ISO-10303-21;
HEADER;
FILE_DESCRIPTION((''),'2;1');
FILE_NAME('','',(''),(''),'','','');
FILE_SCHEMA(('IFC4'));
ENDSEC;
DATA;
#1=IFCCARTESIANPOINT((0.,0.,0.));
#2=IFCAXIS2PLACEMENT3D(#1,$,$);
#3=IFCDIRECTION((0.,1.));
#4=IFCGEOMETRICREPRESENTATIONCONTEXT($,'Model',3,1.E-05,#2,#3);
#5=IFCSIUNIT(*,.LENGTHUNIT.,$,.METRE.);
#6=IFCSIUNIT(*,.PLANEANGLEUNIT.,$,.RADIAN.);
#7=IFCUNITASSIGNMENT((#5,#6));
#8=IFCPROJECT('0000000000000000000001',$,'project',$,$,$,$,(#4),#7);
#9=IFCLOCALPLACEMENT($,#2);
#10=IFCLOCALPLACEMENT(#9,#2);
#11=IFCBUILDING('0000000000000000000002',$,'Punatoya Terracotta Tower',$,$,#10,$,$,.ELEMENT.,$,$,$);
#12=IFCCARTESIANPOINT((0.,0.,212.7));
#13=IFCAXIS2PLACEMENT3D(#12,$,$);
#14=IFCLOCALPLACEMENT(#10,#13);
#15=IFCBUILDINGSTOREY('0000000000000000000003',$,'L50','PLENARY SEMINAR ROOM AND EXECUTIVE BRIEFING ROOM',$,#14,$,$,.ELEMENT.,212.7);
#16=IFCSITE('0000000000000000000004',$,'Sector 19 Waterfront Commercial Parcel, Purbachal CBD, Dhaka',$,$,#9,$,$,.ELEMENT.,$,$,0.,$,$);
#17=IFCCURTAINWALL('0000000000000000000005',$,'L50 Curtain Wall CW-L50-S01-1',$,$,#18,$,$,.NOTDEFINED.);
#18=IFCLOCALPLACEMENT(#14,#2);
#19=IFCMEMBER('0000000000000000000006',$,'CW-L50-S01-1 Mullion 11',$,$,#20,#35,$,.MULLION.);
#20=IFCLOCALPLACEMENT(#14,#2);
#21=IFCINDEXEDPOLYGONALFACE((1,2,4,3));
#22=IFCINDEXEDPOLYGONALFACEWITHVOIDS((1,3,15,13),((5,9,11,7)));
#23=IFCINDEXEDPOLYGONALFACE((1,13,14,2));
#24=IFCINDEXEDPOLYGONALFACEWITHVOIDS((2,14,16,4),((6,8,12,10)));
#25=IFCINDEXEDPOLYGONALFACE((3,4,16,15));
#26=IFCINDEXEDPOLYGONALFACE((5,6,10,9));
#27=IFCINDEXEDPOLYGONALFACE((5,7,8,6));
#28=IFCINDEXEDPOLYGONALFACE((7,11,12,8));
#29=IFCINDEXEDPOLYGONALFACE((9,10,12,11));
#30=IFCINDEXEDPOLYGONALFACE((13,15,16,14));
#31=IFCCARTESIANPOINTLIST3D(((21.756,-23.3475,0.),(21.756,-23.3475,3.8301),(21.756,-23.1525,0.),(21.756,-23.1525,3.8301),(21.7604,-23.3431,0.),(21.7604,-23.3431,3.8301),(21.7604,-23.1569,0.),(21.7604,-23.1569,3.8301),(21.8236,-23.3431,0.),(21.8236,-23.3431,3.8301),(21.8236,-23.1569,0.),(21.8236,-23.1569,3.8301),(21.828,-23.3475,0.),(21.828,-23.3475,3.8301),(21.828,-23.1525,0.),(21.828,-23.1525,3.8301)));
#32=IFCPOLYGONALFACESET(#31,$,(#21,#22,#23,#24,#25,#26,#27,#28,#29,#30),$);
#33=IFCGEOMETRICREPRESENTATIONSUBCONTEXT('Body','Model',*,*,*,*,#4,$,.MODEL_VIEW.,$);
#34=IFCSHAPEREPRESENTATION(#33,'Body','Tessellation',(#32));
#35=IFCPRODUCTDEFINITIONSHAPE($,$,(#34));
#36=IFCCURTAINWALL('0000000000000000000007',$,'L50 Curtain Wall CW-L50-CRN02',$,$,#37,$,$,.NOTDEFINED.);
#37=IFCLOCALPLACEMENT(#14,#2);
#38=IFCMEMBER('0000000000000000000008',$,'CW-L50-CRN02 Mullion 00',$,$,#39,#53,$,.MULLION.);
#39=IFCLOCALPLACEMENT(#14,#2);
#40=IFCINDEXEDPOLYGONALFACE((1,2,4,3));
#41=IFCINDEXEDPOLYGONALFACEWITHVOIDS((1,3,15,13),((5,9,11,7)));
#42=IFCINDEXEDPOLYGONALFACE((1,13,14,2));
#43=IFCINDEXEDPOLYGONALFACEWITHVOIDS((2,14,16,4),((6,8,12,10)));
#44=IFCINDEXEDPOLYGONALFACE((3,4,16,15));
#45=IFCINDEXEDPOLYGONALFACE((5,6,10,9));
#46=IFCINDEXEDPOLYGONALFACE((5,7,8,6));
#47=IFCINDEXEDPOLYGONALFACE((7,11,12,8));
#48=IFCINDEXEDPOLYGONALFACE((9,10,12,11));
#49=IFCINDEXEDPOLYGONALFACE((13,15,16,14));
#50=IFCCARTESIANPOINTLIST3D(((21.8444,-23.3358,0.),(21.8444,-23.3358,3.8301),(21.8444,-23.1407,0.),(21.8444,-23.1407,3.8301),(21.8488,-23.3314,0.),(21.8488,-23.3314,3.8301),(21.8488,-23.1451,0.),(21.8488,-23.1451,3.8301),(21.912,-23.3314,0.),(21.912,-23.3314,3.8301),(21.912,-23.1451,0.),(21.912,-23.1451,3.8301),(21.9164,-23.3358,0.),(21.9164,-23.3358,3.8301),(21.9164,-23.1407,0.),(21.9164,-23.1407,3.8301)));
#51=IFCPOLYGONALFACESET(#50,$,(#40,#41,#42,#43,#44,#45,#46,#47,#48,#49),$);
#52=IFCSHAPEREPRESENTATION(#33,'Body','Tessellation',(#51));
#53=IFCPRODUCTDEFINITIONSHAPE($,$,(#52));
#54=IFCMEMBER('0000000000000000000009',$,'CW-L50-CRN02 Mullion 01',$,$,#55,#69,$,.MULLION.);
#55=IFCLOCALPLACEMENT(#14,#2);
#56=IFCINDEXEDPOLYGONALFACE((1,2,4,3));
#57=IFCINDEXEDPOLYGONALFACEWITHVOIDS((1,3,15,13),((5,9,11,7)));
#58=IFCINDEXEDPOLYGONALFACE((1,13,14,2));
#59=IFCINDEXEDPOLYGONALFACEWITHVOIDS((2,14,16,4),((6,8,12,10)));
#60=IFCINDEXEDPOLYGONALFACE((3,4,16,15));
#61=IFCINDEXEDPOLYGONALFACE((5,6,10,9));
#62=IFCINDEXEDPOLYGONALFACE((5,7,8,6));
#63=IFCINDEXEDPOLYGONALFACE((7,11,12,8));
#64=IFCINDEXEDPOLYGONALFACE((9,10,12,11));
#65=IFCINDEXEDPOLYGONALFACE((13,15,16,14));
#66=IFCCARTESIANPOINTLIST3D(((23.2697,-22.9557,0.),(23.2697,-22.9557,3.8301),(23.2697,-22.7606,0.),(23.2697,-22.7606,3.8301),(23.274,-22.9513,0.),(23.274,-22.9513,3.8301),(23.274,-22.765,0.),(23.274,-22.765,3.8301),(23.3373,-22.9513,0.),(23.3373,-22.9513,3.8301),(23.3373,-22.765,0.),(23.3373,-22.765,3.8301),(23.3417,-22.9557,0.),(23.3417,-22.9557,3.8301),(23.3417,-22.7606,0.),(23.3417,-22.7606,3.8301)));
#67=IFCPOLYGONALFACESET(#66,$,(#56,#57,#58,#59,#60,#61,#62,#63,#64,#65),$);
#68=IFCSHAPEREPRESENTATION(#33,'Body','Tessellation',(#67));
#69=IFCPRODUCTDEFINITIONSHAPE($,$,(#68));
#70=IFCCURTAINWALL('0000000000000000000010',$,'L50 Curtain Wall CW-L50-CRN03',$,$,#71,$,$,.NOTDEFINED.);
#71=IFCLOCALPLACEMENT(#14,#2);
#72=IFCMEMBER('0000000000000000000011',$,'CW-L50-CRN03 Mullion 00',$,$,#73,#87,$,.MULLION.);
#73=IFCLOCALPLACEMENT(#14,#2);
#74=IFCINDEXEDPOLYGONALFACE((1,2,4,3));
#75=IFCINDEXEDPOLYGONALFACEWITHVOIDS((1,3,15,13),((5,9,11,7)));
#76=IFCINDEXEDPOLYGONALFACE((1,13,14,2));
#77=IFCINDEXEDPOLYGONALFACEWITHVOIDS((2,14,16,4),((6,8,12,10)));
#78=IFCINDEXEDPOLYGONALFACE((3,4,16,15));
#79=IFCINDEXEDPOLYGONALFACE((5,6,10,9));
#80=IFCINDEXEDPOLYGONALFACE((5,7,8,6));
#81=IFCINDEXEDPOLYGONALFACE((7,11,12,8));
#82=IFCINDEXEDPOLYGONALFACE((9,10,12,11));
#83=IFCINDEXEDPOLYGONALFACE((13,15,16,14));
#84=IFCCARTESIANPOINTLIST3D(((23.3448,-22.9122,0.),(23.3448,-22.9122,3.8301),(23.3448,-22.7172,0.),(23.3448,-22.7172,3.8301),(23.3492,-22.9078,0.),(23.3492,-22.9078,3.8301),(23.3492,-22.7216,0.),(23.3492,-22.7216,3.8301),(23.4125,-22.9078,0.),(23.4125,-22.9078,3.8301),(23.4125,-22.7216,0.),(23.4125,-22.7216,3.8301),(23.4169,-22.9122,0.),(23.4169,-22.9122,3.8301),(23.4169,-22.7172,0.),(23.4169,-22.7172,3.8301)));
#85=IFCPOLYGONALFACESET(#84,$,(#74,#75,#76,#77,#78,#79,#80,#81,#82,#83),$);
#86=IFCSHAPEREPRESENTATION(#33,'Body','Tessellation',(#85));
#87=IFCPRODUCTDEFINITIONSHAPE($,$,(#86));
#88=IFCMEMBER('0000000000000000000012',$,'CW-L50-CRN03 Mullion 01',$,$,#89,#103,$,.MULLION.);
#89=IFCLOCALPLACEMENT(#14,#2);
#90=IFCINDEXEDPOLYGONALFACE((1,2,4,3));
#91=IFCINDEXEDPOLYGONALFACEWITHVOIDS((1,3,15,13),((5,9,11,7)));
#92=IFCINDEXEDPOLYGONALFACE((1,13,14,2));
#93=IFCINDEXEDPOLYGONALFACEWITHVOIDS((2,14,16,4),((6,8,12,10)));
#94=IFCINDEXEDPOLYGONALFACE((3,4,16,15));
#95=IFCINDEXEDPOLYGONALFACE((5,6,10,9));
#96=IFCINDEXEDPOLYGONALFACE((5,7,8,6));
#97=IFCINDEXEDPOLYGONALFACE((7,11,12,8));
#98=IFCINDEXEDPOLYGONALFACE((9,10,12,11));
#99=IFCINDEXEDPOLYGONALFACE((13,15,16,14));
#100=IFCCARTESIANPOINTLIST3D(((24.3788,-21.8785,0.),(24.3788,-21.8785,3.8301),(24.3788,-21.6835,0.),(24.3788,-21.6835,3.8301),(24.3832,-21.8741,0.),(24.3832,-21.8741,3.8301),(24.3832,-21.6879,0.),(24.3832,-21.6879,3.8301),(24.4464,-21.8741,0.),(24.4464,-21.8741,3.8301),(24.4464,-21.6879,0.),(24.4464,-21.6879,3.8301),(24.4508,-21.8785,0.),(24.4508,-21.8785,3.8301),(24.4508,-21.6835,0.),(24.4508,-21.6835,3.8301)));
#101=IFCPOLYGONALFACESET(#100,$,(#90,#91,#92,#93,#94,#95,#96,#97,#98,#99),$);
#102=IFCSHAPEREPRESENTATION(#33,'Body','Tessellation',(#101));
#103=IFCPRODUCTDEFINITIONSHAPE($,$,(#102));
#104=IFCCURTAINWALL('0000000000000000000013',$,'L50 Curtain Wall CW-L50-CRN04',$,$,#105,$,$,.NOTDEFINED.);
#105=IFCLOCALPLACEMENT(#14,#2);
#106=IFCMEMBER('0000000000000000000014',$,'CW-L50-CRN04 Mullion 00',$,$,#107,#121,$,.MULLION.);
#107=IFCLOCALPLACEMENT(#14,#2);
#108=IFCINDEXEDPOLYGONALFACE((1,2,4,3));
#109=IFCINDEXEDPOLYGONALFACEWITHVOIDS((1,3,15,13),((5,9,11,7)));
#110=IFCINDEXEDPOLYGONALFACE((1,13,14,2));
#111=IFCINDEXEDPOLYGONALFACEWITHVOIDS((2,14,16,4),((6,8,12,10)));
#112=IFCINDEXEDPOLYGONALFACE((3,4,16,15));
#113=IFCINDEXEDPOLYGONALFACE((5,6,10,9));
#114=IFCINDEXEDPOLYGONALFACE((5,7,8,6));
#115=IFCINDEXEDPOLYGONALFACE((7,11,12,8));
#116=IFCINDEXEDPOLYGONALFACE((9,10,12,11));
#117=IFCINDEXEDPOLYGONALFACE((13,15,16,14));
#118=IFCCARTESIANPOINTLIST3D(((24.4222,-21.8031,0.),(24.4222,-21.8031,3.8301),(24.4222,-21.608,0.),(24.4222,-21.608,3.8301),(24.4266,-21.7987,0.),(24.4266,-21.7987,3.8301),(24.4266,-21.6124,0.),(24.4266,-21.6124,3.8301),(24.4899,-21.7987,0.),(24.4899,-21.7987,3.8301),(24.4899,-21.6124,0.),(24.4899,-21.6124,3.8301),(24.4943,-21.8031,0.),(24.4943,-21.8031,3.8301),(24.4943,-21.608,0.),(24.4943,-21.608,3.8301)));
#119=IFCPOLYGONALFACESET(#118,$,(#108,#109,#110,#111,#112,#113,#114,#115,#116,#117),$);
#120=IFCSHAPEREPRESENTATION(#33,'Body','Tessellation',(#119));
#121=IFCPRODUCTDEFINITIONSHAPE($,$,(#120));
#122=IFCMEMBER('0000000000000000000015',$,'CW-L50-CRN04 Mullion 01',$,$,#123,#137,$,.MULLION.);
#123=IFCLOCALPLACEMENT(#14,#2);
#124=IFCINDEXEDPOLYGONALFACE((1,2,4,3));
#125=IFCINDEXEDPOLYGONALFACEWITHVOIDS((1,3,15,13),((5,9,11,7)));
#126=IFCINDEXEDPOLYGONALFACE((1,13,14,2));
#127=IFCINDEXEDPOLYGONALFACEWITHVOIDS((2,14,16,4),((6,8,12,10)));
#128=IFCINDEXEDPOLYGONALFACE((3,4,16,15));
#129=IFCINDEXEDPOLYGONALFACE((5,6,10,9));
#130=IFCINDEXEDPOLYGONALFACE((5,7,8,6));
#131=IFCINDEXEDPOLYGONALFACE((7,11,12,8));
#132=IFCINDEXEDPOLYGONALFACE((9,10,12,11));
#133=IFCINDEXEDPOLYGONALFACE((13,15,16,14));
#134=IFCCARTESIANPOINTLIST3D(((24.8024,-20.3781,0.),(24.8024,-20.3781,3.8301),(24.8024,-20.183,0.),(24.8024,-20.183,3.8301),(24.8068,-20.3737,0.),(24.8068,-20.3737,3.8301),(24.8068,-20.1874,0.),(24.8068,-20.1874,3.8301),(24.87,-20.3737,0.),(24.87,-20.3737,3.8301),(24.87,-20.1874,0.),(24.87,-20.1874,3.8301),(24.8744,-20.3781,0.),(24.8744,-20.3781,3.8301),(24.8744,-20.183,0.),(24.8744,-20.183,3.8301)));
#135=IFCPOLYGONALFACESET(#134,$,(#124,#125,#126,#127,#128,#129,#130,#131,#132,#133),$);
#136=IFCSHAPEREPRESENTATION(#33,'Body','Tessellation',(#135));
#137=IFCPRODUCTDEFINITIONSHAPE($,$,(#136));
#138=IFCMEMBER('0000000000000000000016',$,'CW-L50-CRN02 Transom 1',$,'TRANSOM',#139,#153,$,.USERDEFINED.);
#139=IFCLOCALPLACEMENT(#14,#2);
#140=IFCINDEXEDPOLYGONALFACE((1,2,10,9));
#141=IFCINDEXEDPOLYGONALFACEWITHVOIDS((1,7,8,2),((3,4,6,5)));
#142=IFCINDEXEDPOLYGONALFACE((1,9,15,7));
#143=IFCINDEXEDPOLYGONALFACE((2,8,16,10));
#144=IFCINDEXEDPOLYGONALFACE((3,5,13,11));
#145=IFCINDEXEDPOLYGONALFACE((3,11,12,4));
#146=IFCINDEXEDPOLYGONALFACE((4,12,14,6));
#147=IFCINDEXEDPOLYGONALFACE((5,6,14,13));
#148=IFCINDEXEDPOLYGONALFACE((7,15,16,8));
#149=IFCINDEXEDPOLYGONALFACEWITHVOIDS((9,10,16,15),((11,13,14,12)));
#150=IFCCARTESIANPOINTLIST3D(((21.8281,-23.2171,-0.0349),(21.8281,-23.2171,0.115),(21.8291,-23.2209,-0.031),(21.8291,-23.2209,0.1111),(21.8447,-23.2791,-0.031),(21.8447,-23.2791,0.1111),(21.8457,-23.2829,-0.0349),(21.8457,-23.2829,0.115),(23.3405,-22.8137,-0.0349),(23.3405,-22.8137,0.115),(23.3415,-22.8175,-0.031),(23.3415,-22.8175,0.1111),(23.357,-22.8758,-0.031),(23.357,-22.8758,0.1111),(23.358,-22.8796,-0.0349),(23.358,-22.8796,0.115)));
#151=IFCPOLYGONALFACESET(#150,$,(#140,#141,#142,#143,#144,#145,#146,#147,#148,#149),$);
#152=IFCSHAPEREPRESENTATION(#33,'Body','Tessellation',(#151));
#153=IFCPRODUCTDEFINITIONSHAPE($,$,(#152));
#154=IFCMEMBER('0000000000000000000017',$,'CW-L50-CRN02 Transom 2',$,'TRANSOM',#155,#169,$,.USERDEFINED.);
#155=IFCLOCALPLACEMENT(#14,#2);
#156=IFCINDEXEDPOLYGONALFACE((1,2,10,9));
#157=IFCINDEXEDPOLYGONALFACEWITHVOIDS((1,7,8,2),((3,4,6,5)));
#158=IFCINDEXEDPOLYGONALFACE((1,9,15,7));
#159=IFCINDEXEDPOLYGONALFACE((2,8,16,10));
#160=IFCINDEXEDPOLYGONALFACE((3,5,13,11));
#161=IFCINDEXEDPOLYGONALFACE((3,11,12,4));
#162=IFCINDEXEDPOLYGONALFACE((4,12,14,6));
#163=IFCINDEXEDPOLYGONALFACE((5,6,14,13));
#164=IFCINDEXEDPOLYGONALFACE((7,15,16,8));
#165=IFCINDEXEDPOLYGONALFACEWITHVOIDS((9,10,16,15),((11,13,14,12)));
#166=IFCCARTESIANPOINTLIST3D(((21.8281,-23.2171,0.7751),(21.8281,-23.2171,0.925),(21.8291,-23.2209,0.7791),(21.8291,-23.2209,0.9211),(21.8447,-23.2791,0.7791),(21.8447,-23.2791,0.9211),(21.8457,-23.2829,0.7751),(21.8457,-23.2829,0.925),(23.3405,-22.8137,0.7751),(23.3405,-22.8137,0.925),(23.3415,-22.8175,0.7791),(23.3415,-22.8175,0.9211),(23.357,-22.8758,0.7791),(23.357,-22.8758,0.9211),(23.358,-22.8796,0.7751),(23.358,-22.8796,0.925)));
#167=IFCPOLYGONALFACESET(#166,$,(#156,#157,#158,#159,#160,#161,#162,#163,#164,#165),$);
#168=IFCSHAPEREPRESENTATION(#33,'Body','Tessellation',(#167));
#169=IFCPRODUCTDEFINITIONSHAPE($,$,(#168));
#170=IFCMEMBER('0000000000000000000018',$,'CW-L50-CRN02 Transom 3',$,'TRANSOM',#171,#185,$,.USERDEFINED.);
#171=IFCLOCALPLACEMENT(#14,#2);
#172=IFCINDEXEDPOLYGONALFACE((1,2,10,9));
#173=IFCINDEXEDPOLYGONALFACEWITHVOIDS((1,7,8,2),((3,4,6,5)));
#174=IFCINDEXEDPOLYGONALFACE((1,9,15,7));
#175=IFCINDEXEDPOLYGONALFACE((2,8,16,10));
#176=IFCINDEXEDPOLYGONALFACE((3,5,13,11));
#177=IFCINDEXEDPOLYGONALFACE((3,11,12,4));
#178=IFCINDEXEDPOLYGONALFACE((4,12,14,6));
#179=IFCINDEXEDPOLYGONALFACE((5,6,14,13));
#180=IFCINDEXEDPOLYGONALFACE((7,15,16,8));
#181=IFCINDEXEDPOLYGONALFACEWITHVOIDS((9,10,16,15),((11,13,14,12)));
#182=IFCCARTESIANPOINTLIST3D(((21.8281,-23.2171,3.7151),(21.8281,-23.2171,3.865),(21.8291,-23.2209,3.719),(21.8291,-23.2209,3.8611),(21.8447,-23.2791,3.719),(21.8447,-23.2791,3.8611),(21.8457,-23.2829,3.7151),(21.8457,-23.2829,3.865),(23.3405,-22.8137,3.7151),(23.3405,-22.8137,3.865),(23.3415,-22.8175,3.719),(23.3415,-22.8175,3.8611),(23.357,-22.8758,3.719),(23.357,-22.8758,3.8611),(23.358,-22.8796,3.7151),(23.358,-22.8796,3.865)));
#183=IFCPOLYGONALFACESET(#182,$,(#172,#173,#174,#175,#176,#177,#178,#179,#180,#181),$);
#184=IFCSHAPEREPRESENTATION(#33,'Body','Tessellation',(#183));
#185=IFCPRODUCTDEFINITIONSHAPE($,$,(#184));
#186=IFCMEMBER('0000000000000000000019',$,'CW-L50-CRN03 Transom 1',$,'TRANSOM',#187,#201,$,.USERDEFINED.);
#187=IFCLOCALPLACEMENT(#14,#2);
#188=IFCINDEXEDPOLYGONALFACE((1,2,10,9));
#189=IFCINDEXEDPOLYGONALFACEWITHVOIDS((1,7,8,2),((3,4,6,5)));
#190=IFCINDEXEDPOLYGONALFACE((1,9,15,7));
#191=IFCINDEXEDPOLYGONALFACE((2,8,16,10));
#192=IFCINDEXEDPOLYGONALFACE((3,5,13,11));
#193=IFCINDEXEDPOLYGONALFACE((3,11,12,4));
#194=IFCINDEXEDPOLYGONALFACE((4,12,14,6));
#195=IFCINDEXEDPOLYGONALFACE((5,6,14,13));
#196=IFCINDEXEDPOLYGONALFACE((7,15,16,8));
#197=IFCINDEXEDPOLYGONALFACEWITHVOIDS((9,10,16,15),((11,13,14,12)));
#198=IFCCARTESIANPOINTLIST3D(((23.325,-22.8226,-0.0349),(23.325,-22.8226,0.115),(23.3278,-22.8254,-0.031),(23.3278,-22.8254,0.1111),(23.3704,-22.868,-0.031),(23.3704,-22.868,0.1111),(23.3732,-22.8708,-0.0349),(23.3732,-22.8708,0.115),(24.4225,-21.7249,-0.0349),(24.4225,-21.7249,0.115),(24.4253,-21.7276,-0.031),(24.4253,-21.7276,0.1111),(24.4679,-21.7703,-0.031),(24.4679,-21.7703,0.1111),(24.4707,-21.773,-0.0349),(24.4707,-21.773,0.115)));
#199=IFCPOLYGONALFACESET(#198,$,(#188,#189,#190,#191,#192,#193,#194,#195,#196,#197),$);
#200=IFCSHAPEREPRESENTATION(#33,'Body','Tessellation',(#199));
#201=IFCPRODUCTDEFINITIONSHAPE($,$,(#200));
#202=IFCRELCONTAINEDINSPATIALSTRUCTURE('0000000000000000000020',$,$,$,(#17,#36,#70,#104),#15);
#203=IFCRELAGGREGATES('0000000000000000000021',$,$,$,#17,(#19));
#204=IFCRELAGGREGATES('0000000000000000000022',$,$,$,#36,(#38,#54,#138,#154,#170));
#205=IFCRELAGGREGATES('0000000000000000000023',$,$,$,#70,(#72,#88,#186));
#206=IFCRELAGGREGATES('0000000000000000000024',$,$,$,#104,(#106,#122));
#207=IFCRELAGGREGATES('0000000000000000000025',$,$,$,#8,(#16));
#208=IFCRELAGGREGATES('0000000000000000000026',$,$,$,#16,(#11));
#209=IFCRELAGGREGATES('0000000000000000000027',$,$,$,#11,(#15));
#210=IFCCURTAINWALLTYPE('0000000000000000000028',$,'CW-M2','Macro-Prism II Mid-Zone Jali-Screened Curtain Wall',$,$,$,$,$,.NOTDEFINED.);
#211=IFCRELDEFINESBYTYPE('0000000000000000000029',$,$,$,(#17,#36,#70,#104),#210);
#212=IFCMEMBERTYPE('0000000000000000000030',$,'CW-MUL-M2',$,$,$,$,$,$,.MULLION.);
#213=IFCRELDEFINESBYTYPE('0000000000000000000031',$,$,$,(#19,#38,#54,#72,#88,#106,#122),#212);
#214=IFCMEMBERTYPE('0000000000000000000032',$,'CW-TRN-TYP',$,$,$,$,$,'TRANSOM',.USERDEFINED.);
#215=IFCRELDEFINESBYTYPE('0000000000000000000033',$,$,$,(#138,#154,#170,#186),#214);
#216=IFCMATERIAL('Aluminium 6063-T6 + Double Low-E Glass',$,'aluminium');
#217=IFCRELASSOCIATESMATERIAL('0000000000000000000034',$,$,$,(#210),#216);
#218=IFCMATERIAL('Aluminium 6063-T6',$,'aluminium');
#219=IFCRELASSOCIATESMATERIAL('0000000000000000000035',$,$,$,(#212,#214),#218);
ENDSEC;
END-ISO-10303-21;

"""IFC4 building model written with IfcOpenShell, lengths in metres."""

from ifc_helpers import new_model, si_unit, direction, frame, origin, origin_2d, place, context, subcontext, project, spatial, hollow_rectangle, extrude, material, material_profile, profile_set, type_object, element, aggregate, save


model = new_model("IFC4")

# Units and contexts
model_context = context("Model", 3, precision=1e-05, world=origin(), true_north=direction((0.0, 1.0)))
body_context = subcontext(model_context, "Body", "Model", "MODEL_VIEW")
ifc_project = project(units=[si_unit("LENGTHUNIT", "METRE"), si_unit("PLANEANGLEUNIT", "RADIAN")], contexts=[model_context])

# Site, building, storey
site_placement = place(None, origin())
site = spatial("IfcSite", under=ifc_project, at=site_placement, Name="Sector 19 Waterfront Commercial Parcel, Purbachal CBD, Dhaka", CompositionType="ELEMENT", RefElevation=0.0)
building_placement = place(site_placement, origin())
building = spatial("IfcBuilding", under=site, at=building_placement, Name="Punatoya Terracotta Tower", CompositionType="ELEMENT")
storey_placement = place(building_placement, frame((0.0, 0.0, 212.7)))
storey = spatial("IfcBuildingStorey", under=building, at=storey_placement, Name="L50", Description="PLENARY SEMINAR ROOM AND EXECUTIVE BRIEFING ROOM", CompositionType="ELEMENT", Elevation=212.7)

# Curtain wall, member
ifc_material_1 = material(Name="Aluminium 6063-T6 + Double Low-E Glass", Category="aluminium")
curtain_wall_type = type_object("IfcCurtainWallType", Name="CW-M2", Description="Macro-Prism II Mid-Zone Jali-Screened Curtain Wall", PredefinedType="NOTDEFINED", material=ifc_material_1)
curtain_wall_1_placement = place(storey_placement, origin())
curtain_wall_1 = element("IfcCurtainWall", 1, at=curtain_wall_1_placement, inside=storey, type_object=curtain_wall_type, Name="L50 Curtain Wall CW-L50-S01-1", PredefinedType="NOTDEFINED")
ifc_material_2 = material(Name="Aluminium 6063-T6", Category="aluminium")
ifc_material_profile_1 = material_profile(ifc_material_2, hollow_rectangle(XDim=0.072, YDim=0.1951, WallThickness=0.0044, at=origin_2d()))
ifc_profile_set_1 = profile_set([ifc_material_profile_1], Name="Aluminium 6063-T6")
member_type_1 = type_object("IfcMemberType", Name="CW-MUL-M2", PredefinedType="MULLION", material=ifc_profile_set_1)
member_1_placement = place(storey_placement, frame((21.792, -23.25, 0.0), z_axis=(0.0, 0.0, 1.0), x_axis=(1.0, 0.0, 0.0)))
member_1 = element("IfcMember", 2, at=member_1_placement, type_object=member_type_1, Name="CW-L50-S01-1 Mullion 11", PredefinedType="MULLION", context=body_context, shape_type="SweptSolid", body=[
    extrude(hollow_rectangle(XDim=0.072, YDim=0.1951, WallThickness=0.0044, at=origin_2d()), origin(), (0.0, 0.0, 1.0), 3.8301),
])

# Curtain walls, members
curtain_wall_2_placement = place(storey_placement, origin())
curtain_wall_2 = element("IfcCurtainWall", 3, at=curtain_wall_2_placement, inside=storey, type_object=curtain_wall_type, Name="L50 Curtain Wall CW-L50-CRN02", PredefinedType="NOTDEFINED")
member_2_placement = place(storey_placement, frame((21.8804, -23.2383, 0.0), z_axis=(0.0, 0.0, 1.0), x_axis=(1.0, 0.0, 0.0)))
member_2 = element("IfcMember", 4, at=member_2_placement, type_object=member_type_1, Name="CW-L50-CRN02 Mullion 00", PredefinedType="MULLION", context=body_context, shape_type="SweptSolid", body=[
    extrude(hollow_rectangle(XDim=0.072, YDim=0.1951, WallThickness=0.0044, at=origin_2d()), origin(), (0.0, 0.0, 1.0), 3.8301),
])
member_3_placement = place(storey_placement, frame((23.3057, -22.8582, 0.0), z_axis=(0.0, 0.0, 1.0), x_axis=(1.0, 0.0, 0.0)))
member_3 = element("IfcMember", 5, at=member_3_placement, type_object=member_type_1, Name="CW-L50-CRN02 Mullion 01", PredefinedType="MULLION", context=body_context, shape_type="SweptSolid", body=[
    extrude(hollow_rectangle(XDim=0.072, YDim=0.1951, WallThickness=0.0044, at=origin_2d()), origin(), (0.0, 0.0, 1.0), 3.8301),
])
curtain_wall_3_placement = place(storey_placement, origin())
curtain_wall_3 = element("IfcCurtainWall", 6, at=curtain_wall_3_placement, inside=storey, type_object=curtain_wall_type, Name="L50 Curtain Wall CW-L50-CRN03", PredefinedType="NOTDEFINED")
member_4_placement = place(storey_placement, frame((23.3809, -22.8147, 0.0), z_axis=(0.0, 0.0, 1.0), x_axis=(1.0, 0.0, 0.0)))
member_4 = element("IfcMember", 7, at=member_4_placement, type_object=member_type_1, Name="CW-L50-CRN03 Mullion 00", PredefinedType="MULLION", context=body_context, shape_type="SweptSolid", body=[
    extrude(hollow_rectangle(XDim=0.072, YDim=0.1951, WallThickness=0.0044, at=origin_2d()), origin(), (0.0, 0.0, 1.0), 3.8301),
])
member_5_placement = place(storey_placement, frame((24.4148, -21.781, 0.0), z_axis=(0.0, 0.0, 1.0), x_axis=(1.0, 0.0, 0.0)))
member_5 = element("IfcMember", 8, at=member_5_placement, type_object=member_type_1, Name="CW-L50-CRN03 Mullion 01", PredefinedType="MULLION", context=body_context, shape_type="SweptSolid", body=[
    extrude(hollow_rectangle(XDim=0.072, YDim=0.1951, WallThickness=0.0044, at=origin_2d()), origin(), (0.0, 0.0, 1.0), 3.8301),
])
curtain_wall_4_placement = place(storey_placement, origin())
curtain_wall_4 = element("IfcCurtainWall", 9, at=curtain_wall_4_placement, inside=storey, type_object=curtain_wall_type, Name="L50 Curtain Wall CW-L50-CRN04", PredefinedType="NOTDEFINED")
member_6_placement = place(storey_placement, frame((24.4583, -21.7056, 0.0), z_axis=(0.0, 0.0, 1.0), x_axis=(1.0, 0.0, 0.0)))
member_6 = element("IfcMember", 10, at=member_6_placement, type_object=member_type_1, Name="CW-L50-CRN04 Mullion 00", PredefinedType="MULLION", context=body_context, shape_type="SweptSolid", body=[
    extrude(hollow_rectangle(XDim=0.072, YDim=0.1951, WallThickness=0.0044, at=origin_2d()), origin(), (0.0, 0.0, 1.0), 3.8301),
])
member_7_placement = place(storey_placement, frame((24.8384, -20.2805, 0.0), z_axis=(0.0, 0.0, 1.0), x_axis=(1.0, 0.0, 0.0)))
member_7 = element("IfcMember", 11, at=member_7_placement, type_object=member_type_1, Name="CW-L50-CRN04 Mullion 01", PredefinedType="MULLION", context=body_context, shape_type="SweptSolid", body=[
    extrude(hollow_rectangle(XDim=0.072, YDim=0.1951, WallThickness=0.0044, at=origin_2d()), origin(), (0.0, 0.0, 1.0), 3.8301),
])

# Members
ifc_material_profile_2 = material_profile(ifc_material_2, hollow_rectangle(XDim=0.0681, YDim=0.1499, WallThickness=0.0039, at=origin_2d()))
ifc_profile_set_2 = profile_set([ifc_material_profile_2], Name="Aluminium 6063-T6")
member_type_2 = type_object("IfcMemberType", Name="CW-TRN-TYP", ElementType="TRANSOM", PredefinedType="USERDEFINED", material=ifc_profile_set_2)
member_8_placement = place(storey_placement, frame((21.8369, -23.25, 0.04), z_axis=(0.966225, 0.257701, 0.0), x_axis=(-0.257701, 0.966225, 0.0)))
member_8 = element("IfcMember", 12, at=member_8_placement, type_object=member_type_2, Name="CW-L50-CRN02 Transom 1", ObjectType="TRANSOM", PredefinedType="USERDEFINED", context=body_context, shape_type="SweptSolid", body=[
    extrude(hollow_rectangle(XDim=0.0681, YDim=0.1499, WallThickness=0.0039, at=origin_2d()), origin(), (0.0, 0.0, 1.0), 1.5652),
])
member_9_placement = place(storey_placement, frame((21.8369, -23.25, 0.8501), z_axis=(0.966225, 0.257701, 0.0), x_axis=(-0.257701, 0.966225, 0.0)))
member_9 = element("IfcMember", 13, at=member_9_placement, type_object=member_type_2, Name="CW-L50-CRN02 Transom 2", ObjectType="TRANSOM", PredefinedType="USERDEFINED", context=body_context, shape_type="SweptSolid", body=[
    extrude(hollow_rectangle(XDim=0.0681, YDim=0.1499, WallThickness=0.0039, at=origin_2d()), origin(), (0.0, 0.0, 1.0), 1.5652),
])
member_10_placement = place(storey_placement, frame((21.8369, -23.25, 3.79), z_axis=(0.966225, 0.257701, 0.0), x_axis=(-0.257701, 0.966225, 0.0)))
member_10 = element("IfcMember", 14, at=member_10_placement, type_object=member_type_2, Name="CW-L50-CRN02 Transom 3", ObjectType="TRANSOM", PredefinedType="USERDEFINED", context=body_context, shape_type="SweptSolid", body=[
    extrude(hollow_rectangle(XDim=0.0681, YDim=0.1499, WallThickness=0.0039, at=origin_2d()), origin(), (0.0, 0.0, 1.0), 1.5652),
])
member_11_placement = place(storey_placement, frame((23.3491, -22.8467, 0.04), z_axis=(0.707028, 0.707185, 0.0), x_axis=(-0.707185, 0.707028, 0.0)))
member_11 = element("IfcMember", 15, at=member_11_placement, type_object=member_type_2, Name="CW-L50-CRN03 Transom 1", ObjectType="TRANSOM", PredefinedType="USERDEFINED", context=body_context, shape_type="SweptSolid", body=[
    extrude(hollow_rectangle(XDim=0.0681, YDim=0.1499, WallThickness=0.0039, at=origin_2d()), origin(), (0.0, 0.0, 1.0), 1.5522),
])

aggregate(curtain_wall_1, [member_1])
aggregate(curtain_wall_2, [member_2, member_3, member_8, member_9, member_10])
aggregate(curtain_wall_3, [member_4, member_5, member_11])
aggregate(curtain_wall_4, [member_6, member_7])

save(model, "model.ifc")
